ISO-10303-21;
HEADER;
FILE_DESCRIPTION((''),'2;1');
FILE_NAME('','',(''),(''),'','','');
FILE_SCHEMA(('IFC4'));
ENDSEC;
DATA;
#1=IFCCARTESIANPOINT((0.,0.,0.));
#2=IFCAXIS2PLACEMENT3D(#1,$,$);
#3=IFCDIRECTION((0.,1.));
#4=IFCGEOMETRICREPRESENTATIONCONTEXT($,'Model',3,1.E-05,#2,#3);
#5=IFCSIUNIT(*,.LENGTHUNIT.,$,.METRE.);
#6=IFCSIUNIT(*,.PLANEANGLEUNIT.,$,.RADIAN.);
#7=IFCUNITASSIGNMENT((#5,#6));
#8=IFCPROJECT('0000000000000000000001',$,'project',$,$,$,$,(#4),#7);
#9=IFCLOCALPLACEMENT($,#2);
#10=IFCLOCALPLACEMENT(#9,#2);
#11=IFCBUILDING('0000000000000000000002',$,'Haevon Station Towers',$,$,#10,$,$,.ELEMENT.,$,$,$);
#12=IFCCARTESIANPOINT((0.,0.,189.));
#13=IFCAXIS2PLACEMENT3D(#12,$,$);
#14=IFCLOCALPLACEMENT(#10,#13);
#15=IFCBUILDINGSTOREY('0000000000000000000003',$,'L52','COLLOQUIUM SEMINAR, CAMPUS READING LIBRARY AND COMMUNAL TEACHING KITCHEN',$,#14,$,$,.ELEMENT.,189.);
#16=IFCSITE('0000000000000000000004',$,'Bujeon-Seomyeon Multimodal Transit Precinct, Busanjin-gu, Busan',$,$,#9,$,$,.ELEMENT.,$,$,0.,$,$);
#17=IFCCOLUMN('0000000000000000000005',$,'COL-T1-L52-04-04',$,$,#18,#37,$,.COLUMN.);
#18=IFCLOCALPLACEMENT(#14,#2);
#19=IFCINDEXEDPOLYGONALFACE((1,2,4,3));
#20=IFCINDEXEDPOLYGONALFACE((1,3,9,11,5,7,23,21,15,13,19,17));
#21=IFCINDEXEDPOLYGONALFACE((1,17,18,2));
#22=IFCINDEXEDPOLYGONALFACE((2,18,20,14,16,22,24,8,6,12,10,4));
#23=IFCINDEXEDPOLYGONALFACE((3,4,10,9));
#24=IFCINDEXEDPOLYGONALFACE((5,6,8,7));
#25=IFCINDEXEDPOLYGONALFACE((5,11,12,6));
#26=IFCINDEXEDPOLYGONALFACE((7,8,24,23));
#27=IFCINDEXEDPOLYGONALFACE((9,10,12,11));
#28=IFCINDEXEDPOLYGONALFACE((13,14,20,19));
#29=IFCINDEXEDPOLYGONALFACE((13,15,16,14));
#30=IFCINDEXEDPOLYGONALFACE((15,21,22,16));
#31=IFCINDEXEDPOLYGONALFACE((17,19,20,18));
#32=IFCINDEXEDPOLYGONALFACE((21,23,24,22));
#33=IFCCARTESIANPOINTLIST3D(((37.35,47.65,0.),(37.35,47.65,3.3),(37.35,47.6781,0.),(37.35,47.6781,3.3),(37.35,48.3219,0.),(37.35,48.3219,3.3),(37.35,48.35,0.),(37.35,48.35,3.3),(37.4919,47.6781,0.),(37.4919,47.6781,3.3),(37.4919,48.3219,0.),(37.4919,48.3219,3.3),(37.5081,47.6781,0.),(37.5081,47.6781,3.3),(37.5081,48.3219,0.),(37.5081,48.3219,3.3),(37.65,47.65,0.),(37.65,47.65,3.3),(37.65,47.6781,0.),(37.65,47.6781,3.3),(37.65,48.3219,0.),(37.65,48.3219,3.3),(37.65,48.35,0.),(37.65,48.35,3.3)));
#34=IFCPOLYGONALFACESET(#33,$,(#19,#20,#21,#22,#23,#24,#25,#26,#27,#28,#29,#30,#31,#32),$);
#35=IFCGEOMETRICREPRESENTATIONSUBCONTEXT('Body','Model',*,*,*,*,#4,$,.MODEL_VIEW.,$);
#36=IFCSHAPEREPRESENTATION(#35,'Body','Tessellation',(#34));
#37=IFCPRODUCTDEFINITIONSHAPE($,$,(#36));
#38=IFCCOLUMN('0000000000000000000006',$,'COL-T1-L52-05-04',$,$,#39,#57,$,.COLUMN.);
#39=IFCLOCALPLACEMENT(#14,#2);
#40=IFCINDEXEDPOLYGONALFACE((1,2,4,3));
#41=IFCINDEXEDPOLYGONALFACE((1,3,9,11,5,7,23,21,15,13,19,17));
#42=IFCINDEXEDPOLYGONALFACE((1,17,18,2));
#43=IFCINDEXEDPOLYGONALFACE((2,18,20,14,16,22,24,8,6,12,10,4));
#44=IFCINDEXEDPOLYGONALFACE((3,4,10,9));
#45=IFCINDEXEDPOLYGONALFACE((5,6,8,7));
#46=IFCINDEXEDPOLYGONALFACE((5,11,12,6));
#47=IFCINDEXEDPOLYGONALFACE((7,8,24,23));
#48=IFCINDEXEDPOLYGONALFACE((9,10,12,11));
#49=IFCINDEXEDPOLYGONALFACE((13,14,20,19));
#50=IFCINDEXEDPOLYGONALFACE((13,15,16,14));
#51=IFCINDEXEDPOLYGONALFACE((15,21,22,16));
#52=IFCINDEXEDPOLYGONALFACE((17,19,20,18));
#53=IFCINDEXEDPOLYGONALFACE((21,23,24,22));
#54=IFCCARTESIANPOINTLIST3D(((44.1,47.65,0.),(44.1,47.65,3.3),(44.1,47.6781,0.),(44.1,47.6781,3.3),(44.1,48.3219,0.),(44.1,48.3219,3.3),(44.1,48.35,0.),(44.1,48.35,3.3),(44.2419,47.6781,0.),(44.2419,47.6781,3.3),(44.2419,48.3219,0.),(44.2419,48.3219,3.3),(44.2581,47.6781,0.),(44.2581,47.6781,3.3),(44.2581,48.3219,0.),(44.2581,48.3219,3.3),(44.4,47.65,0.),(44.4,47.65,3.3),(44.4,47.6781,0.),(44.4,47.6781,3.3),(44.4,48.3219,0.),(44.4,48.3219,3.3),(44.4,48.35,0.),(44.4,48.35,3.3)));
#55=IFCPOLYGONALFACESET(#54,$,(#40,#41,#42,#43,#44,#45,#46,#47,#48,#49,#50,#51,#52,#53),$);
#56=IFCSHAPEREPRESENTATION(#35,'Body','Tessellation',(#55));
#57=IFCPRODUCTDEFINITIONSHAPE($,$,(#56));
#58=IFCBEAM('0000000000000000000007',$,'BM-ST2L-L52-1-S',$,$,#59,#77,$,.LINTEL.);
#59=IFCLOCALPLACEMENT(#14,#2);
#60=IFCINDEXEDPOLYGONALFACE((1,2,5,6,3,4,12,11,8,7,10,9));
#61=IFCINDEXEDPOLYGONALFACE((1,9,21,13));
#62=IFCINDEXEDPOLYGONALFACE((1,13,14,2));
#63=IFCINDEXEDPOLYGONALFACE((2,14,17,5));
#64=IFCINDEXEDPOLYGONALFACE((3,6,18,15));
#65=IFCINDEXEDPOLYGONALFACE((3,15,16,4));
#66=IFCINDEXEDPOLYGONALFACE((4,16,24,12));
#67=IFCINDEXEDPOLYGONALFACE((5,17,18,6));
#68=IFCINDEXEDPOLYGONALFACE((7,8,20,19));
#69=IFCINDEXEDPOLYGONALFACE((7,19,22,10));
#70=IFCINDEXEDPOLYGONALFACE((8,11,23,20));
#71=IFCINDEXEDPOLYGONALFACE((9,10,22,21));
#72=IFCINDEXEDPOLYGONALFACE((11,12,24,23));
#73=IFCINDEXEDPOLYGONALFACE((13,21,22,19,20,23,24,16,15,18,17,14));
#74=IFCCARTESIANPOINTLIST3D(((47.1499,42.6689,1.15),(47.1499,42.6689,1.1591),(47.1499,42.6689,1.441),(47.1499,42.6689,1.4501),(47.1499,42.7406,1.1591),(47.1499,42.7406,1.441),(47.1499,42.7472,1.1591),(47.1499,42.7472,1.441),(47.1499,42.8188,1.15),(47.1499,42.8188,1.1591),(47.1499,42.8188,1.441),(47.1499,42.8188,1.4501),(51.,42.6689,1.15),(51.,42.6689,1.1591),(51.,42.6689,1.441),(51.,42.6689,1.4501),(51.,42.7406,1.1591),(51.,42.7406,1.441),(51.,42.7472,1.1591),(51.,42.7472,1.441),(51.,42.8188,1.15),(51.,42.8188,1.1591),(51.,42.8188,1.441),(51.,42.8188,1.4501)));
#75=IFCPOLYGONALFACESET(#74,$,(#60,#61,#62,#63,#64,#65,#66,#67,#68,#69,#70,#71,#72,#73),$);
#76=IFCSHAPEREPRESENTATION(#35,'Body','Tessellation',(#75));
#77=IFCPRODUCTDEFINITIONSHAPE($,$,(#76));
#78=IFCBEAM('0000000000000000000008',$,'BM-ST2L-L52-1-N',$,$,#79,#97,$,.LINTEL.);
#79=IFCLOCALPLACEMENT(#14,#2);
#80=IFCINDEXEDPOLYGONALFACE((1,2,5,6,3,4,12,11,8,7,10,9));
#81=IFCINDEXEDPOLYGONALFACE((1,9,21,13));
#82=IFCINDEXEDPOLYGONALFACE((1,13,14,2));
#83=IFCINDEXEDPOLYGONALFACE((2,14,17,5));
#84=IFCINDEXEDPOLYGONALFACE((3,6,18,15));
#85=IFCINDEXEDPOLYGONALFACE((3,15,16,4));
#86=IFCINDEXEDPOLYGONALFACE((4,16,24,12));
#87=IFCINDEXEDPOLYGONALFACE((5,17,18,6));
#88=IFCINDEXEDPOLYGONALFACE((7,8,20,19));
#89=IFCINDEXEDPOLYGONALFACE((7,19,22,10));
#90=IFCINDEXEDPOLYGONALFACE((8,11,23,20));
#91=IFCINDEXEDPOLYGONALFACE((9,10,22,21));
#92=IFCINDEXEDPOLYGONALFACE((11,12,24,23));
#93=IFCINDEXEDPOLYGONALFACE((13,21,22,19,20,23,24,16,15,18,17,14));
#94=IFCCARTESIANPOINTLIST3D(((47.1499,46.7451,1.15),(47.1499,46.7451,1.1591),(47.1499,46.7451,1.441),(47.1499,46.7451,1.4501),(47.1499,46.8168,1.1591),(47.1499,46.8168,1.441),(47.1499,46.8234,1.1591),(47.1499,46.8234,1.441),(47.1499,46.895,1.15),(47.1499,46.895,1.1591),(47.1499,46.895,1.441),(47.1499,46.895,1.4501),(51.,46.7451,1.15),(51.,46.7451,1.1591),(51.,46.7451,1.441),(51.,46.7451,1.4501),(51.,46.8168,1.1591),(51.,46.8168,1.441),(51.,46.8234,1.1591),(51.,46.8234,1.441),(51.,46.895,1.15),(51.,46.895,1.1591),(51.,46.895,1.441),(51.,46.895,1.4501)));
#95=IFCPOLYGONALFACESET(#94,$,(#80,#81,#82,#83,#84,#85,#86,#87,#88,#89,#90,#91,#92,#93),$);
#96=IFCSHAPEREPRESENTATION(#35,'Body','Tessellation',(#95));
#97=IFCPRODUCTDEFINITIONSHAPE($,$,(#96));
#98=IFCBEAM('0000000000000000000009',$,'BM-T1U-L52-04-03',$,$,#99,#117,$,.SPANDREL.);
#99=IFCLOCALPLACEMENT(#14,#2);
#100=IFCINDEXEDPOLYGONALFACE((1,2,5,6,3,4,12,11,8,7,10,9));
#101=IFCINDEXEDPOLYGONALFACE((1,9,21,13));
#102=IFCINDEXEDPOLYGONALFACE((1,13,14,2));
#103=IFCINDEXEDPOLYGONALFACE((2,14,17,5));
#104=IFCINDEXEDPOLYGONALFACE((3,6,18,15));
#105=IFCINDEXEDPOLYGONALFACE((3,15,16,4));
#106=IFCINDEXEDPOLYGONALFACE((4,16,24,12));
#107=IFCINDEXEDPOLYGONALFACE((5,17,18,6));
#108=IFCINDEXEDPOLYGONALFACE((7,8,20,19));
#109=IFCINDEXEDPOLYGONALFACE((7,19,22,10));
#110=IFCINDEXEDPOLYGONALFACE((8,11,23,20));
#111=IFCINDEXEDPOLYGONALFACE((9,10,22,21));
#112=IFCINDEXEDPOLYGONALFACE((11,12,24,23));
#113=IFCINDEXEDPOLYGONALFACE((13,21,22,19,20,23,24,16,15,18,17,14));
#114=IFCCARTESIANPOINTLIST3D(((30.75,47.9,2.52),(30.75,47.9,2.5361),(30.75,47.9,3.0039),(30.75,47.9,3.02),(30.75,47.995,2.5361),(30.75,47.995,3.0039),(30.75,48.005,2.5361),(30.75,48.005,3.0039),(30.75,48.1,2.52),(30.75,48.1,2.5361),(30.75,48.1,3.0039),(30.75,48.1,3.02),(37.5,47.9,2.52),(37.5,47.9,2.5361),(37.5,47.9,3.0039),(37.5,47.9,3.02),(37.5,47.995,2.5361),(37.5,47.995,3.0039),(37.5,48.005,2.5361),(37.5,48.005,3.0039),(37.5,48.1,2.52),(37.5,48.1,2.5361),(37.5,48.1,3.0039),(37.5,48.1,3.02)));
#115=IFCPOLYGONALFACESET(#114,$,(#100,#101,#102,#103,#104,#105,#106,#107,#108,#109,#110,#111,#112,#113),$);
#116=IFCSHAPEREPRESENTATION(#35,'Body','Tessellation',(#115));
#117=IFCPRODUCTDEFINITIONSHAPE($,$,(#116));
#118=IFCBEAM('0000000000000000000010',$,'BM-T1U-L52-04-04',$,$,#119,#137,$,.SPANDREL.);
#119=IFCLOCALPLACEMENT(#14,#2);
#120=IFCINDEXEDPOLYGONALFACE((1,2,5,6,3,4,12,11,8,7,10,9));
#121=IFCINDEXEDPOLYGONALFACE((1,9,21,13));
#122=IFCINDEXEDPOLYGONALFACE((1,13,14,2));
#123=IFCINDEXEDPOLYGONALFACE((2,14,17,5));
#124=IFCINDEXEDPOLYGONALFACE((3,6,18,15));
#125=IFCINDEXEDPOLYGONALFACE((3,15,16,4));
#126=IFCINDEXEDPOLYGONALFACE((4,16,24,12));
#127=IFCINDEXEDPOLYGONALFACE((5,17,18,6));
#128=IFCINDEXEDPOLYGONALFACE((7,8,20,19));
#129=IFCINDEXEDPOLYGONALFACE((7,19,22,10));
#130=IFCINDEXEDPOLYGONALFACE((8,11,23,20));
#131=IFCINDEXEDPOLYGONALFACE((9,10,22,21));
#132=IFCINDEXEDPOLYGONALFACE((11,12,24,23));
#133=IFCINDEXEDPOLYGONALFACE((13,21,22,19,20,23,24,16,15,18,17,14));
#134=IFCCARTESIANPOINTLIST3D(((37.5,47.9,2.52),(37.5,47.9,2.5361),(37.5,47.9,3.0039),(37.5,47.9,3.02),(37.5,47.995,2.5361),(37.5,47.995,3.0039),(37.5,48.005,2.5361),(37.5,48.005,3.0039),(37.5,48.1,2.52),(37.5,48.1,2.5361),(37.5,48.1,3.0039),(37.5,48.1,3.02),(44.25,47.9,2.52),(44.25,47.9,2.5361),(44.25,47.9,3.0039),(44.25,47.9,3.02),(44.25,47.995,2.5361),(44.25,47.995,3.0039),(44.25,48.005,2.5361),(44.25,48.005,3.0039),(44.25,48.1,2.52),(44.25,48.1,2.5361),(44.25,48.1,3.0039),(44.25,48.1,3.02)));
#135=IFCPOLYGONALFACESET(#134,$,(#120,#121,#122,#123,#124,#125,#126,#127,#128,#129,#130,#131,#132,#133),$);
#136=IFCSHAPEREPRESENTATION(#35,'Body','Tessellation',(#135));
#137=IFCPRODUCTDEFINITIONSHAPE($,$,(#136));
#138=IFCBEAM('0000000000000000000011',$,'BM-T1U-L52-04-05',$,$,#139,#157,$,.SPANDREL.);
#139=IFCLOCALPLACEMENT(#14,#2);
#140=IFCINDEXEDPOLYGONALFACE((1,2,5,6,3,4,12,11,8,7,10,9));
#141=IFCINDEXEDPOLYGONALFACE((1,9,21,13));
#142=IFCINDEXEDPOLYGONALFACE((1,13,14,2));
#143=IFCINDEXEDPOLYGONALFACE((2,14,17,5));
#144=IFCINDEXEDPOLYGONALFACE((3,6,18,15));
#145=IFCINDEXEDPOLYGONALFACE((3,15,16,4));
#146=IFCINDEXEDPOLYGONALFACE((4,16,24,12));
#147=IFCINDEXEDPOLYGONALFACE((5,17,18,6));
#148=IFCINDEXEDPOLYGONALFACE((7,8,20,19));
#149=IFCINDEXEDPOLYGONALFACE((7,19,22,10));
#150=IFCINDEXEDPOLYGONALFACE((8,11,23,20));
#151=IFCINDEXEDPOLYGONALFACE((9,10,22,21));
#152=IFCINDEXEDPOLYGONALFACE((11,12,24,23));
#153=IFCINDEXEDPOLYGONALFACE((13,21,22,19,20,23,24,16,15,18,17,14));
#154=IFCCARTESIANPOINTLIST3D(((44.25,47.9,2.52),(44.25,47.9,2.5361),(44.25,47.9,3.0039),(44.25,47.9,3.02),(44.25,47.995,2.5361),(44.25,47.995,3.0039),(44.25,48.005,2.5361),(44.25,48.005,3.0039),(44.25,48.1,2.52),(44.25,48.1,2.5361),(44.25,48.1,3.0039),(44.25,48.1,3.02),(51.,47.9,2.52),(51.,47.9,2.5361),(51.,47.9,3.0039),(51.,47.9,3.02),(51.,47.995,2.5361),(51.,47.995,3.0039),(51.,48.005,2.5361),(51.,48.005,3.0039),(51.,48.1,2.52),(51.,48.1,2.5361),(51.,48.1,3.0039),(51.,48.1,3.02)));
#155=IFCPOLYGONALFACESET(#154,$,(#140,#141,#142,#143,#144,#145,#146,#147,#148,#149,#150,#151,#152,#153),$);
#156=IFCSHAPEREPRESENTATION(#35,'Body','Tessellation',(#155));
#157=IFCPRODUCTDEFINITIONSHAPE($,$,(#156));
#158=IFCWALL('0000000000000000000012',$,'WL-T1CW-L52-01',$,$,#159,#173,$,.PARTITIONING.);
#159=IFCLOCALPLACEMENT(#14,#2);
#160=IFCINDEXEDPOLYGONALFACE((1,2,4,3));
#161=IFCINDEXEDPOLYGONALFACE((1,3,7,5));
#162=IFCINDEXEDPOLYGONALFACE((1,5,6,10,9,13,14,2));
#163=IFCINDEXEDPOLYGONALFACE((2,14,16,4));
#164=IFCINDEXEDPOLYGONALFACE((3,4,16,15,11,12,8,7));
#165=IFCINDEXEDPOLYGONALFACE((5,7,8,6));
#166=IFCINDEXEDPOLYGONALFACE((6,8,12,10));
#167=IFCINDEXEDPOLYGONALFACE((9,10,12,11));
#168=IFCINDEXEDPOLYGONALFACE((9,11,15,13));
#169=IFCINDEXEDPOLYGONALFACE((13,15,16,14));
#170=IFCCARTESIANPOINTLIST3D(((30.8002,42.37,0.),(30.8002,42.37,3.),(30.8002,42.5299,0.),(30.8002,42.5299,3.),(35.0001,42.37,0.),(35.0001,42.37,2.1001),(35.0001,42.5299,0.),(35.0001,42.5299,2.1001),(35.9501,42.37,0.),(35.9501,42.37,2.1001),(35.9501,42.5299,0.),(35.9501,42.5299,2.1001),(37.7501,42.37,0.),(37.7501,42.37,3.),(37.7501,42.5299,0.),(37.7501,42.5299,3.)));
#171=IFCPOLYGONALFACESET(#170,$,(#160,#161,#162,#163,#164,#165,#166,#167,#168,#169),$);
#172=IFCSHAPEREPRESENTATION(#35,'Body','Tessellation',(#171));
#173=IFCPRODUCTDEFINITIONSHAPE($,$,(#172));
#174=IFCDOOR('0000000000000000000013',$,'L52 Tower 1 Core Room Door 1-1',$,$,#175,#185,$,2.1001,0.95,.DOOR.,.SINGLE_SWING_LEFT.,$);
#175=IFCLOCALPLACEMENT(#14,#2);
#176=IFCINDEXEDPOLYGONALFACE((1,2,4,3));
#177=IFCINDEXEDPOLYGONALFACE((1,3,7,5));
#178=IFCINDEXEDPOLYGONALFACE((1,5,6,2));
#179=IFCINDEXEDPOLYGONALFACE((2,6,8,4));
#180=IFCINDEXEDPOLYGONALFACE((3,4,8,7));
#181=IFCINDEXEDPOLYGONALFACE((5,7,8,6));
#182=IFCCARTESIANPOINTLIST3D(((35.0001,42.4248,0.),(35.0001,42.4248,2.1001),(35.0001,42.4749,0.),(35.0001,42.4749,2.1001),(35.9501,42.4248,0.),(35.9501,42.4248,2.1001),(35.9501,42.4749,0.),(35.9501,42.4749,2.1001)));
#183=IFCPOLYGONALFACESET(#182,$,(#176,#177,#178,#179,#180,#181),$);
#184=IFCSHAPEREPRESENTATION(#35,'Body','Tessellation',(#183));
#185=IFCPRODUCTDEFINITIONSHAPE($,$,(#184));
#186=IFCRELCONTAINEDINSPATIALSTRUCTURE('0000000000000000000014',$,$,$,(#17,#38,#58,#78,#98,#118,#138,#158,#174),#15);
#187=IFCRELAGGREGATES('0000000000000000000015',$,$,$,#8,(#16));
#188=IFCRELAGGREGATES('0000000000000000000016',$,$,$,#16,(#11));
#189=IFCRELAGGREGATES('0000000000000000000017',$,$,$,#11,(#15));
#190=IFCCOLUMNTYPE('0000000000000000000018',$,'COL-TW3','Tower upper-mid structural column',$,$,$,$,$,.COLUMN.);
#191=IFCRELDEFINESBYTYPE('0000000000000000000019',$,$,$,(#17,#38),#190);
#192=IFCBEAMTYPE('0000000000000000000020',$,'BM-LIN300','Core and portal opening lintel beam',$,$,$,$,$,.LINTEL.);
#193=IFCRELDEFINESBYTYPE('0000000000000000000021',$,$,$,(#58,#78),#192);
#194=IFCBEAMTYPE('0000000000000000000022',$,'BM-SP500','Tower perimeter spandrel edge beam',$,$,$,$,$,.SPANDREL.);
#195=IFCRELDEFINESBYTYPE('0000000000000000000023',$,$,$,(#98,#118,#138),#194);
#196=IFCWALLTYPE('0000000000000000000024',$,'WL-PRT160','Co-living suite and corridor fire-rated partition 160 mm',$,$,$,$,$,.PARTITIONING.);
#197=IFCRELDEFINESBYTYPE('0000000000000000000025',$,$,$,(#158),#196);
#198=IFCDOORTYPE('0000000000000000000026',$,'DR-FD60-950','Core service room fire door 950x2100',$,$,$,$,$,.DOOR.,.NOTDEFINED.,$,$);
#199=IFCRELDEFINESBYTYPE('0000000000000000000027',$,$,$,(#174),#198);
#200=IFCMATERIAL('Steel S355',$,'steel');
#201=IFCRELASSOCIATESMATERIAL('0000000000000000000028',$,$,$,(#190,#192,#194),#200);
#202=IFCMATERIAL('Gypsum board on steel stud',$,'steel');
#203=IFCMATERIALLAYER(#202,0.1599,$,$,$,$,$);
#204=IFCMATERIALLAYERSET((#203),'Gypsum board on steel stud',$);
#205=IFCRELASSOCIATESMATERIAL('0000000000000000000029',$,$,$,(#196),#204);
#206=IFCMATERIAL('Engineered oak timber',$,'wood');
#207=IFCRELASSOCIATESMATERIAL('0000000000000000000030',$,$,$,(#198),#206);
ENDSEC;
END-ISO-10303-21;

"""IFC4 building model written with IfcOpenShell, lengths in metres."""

from ifc_helpers import new_model, si_unit, direction, frame, frame_2d, origin, origin_2d, place, context, subcontext, project, spatial, rectangle, i_section, extrude, material, layer, layer_set, material_profile, profile_set, type_object, element, fill, save


model = new_model("IFC4")

# Units and contexts
model_context = context("Model", 3, precision=1e-05, world=origin(), true_north=direction((0.0, 1.0)))
body_context = subcontext(model_context, "Body", "Model", "MODEL_VIEW")
ifc_project = project(units=[si_unit("LENGTHUNIT", "METRE"), si_unit("PLANEANGLEUNIT", "RADIAN")], contexts=[model_context])

# Site, building, storey
site_placement = place(None, origin())
site = spatial("IfcSite", under=ifc_project, at=site_placement, Name="Bujeon-Seomyeon Multimodal Transit Precinct, Busanjin-gu, Busan", CompositionType="ELEMENT", RefElevation=0.0)
building_placement = place(site_placement, origin())
building = spatial("IfcBuilding", under=site, at=building_placement, Name="Haevon Station Towers", CompositionType="ELEMENT")
storey_placement = place(building_placement, frame((0.0, 0.0, 189.0)))
storey = spatial("IfcBuildingStorey", under=building, at=storey_placement, Name="L52", Description="COLLOQUIUM SEMINAR, CAMPUS READING LIBRARY AND COMMUNAL TEACHING KITCHEN", CompositionType="ELEMENT", Elevation=189.0)

# Columns
ifc_material_1 = material(Name="Steel S355", Category="steel")
ifc_material_profile_1 = material_profile(ifc_material_1, i_section(OverallWidth=0.3, OverallDepth=0.7, WebThickness=0.0161, FlangeThickness=0.0281, at=origin_2d()), Name="H-700x300x16x28")
ifc_profile_set_1 = profile_set([ifc_material_profile_1], Name="Steel S355")
column_type = type_object("IfcColumnType", Name="COL-TW3", Description="Tower upper-mid structural column", PredefinedType="COLUMN", material=ifc_profile_set_1)
for number, where, z_axis, x_axis, name in (
    (1, (37.5, 48.0, 0.0), (0.0, 0.0, 1.0), (1.0, 0.0, 0.0), "COL-T1-L52-04-04"),
    (2, (44.25, 48.0, 0.0), (0.0, 0.0, 1.0), (1.0, 0.0, 0.0), "COL-T1-L52-05-04"),
):
    element("IfcColumn", number, at=place(storey_placement, frame(where, z_axis=z_axis, x_axis=x_axis)), inside=storey, type_object=column_type, Name=name, PredefinedType="COLUMN", context=body_context, shape_type="SweptSolid", body=[
        extrude(i_section(OverallWidth=0.3, OverallDepth=0.7, WebThickness=0.0161, FlangeThickness=0.0281, at=origin_2d()), origin(), (0.0, 0.0, 1.0), 3.3),
    ])

# Beams
ifc_material_profile_2 = material_profile(ifc_material_1, i_section(OverallWidth=0.1499, OverallDepth=0.3, WebThickness=0.0066, FlangeThickness=0.009, at=origin_2d()), Name="H-300x150x6.5x9")
ifc_profile_set_2 = profile_set([ifc_material_profile_2], Name="Steel S355")
beam_type_1 = type_object("IfcBeamType", Name="BM-LIN300", Description="Core and portal opening lintel beam", PredefinedType="LINTEL", material=ifc_profile_set_2)
for number, where, z_axis, x_axis, name in (
    (3, (47.1499, 42.7439, 1.3), (1.0, 0.0, 0.0), (0.0, 1.0, 0.0), "BM-ST2L-L52-1-S"),
    (4, (47.1499, 46.8201, 1.3), (1.0, 0.0, 0.0), (0.0, 1.0, 0.0), "BM-ST2L-L52-1-N"),
):
    element("IfcBeam", number, at=place(storey_placement, frame(where, z_axis=z_axis, x_axis=x_axis)), inside=storey, type_object=beam_type_1, Name=name, PredefinedType="LINTEL", context=body_context, shape_type="SweptSolid", body=[
        extrude(i_section(OverallWidth=0.1499, OverallDepth=0.3, WebThickness=0.0066, FlangeThickness=0.009, at=origin_2d()), origin(), (0.0, 0.0, 1.0), 3.8501),
    ])
ifc_material_profile_3 = material_profile(ifc_material_1, i_section(OverallWidth=0.2, OverallDepth=0.5, WebThickness=0.01, FlangeThickness=0.0161, at=origin_2d()), Name="H-500x200x10x16")
ifc_profile_set_3 = profile_set([ifc_material_profile_3], Name="Steel S355")
beam_type_2 = type_object("IfcBeamType", Name="BM-SP500", Description="Tower perimeter spandrel edge beam", PredefinedType="SPANDREL", material=ifc_profile_set_3)
for number, where, z_axis, x_axis, name in (
    (5, (30.75, 48.0, 2.77), (1.0, 0.0, 0.0), (0.0, 1.0, 0.0), "BM-T1U-L52-04-03"),
    (6, (37.5, 48.0, 2.77), (1.0, 0.0, 0.0), (0.0, 1.0, 0.0), "BM-T1U-L52-04-04"),
    (7, (44.25, 48.0, 2.77), (1.0, 0.0, 0.0), (0.0, 1.0, 0.0), "BM-T1U-L52-04-05"),
):
    element("IfcBeam", number, at=place(storey_placement, frame(where, z_axis=z_axis, x_axis=x_axis)), inside=storey, type_object=beam_type_2, Name=name, PredefinedType="SPANDREL", context=body_context, shape_type="SweptSolid", body=[
        extrude(i_section(OverallWidth=0.2, OverallDepth=0.5, WebThickness=0.01, FlangeThickness=0.0161, at=origin_2d()), origin(), (0.0, 0.0, 1.0), 6.75),
    ])

# Wall, opening, door
ifc_material_2 = material(Name="Gypsum board on steel stud", Category="steel")
ifc_layer_1 = layer(ifc_material_2, 0.1599)
ifc_layer_set_1 = layer_set([ifc_layer_1], Name="Gypsum board on steel stud")
wall_type_1 = type_object("IfcWallType", Name="WL-PRT160", Description="Co-living suite and corridor fire-rated partition 160 mm", PredefinedType="PARTITIONING", material=ifc_layer_set_1)
wall_1_placement = place(storey_placement, frame((30.8, 42.45, 0.0), z_axis=(0.0, 0.0, 1.0), x_axis=(1.0, 0.0, 0.0)))
wall_1 = element("IfcWall", 8, at=wall_1_placement, inside=storey, type_object=wall_type_1, Name="WL-T1CW-L52-01", PredefinedType="PARTITIONING", context=body_context, shape_type="SweptSolid", body=[
    extrude(rectangle(XDim=6.95, YDim=0.1599, at=frame_2d((3.4751, 0.0))), origin(), (0.0, 0.0, 1.0), 3.0),
])
opening_1_placement = place(wall_1_placement, frame((4.2, 0.0, 0.0)))
opening_1 = element("IfcOpeningElement", 9, at=opening_1_placement, cuts=wall_1, PredefinedType="OPENING", context=body_context, shape_type="SweptSolid", body=[
    extrude(rectangle(XDim=0.95, YDim=2.1001, at=frame_2d((0.4751, 1.05))), frame((0.0, 0.0898, 0.0), z_axis=(0.0, -1.0, 0.0), x_axis=(1.0, 0.0, 0.0)), (0.0, 0.0, 1.0), 0.1799),
])
ifc_material_3 = material(Name="Engineered oak timber", Category="wood")
door_type_1 = type_object("IfcDoorType", Name="DR-FD60-950", Description="Core service room fire door 950x2100", OperationType="NOTDEFINED", PredefinedType="DOOR", material=ifc_material_3)
door_1_placement = place(opening_1_placement, origin())
door_1 = element("IfcDoor", 10, at=door_1_placement, inside=storey, type_object=door_type_1, Name="L52 Tower 1 Core Room Door 1-1", OperationType="SINGLE_SWING_LEFT", OverallHeight=2.1001, OverallWidth=0.95, PredefinedType="DOOR", context=body_context, shape_type="SweptSolid", body=[
    extrude(rectangle(XDim=0.95, YDim=2.1001, at=frame_2d((0.4751, 1.05))), frame((0.0, 0.0249, 0.0), z_axis=(0.0, -1.0, 0.0), x_axis=(1.0, 0.0, 0.0)), (0.0, 0.0, 1.0), 0.05),
])
fill(opening_1, door_1)

save(model, "model.ifc")
